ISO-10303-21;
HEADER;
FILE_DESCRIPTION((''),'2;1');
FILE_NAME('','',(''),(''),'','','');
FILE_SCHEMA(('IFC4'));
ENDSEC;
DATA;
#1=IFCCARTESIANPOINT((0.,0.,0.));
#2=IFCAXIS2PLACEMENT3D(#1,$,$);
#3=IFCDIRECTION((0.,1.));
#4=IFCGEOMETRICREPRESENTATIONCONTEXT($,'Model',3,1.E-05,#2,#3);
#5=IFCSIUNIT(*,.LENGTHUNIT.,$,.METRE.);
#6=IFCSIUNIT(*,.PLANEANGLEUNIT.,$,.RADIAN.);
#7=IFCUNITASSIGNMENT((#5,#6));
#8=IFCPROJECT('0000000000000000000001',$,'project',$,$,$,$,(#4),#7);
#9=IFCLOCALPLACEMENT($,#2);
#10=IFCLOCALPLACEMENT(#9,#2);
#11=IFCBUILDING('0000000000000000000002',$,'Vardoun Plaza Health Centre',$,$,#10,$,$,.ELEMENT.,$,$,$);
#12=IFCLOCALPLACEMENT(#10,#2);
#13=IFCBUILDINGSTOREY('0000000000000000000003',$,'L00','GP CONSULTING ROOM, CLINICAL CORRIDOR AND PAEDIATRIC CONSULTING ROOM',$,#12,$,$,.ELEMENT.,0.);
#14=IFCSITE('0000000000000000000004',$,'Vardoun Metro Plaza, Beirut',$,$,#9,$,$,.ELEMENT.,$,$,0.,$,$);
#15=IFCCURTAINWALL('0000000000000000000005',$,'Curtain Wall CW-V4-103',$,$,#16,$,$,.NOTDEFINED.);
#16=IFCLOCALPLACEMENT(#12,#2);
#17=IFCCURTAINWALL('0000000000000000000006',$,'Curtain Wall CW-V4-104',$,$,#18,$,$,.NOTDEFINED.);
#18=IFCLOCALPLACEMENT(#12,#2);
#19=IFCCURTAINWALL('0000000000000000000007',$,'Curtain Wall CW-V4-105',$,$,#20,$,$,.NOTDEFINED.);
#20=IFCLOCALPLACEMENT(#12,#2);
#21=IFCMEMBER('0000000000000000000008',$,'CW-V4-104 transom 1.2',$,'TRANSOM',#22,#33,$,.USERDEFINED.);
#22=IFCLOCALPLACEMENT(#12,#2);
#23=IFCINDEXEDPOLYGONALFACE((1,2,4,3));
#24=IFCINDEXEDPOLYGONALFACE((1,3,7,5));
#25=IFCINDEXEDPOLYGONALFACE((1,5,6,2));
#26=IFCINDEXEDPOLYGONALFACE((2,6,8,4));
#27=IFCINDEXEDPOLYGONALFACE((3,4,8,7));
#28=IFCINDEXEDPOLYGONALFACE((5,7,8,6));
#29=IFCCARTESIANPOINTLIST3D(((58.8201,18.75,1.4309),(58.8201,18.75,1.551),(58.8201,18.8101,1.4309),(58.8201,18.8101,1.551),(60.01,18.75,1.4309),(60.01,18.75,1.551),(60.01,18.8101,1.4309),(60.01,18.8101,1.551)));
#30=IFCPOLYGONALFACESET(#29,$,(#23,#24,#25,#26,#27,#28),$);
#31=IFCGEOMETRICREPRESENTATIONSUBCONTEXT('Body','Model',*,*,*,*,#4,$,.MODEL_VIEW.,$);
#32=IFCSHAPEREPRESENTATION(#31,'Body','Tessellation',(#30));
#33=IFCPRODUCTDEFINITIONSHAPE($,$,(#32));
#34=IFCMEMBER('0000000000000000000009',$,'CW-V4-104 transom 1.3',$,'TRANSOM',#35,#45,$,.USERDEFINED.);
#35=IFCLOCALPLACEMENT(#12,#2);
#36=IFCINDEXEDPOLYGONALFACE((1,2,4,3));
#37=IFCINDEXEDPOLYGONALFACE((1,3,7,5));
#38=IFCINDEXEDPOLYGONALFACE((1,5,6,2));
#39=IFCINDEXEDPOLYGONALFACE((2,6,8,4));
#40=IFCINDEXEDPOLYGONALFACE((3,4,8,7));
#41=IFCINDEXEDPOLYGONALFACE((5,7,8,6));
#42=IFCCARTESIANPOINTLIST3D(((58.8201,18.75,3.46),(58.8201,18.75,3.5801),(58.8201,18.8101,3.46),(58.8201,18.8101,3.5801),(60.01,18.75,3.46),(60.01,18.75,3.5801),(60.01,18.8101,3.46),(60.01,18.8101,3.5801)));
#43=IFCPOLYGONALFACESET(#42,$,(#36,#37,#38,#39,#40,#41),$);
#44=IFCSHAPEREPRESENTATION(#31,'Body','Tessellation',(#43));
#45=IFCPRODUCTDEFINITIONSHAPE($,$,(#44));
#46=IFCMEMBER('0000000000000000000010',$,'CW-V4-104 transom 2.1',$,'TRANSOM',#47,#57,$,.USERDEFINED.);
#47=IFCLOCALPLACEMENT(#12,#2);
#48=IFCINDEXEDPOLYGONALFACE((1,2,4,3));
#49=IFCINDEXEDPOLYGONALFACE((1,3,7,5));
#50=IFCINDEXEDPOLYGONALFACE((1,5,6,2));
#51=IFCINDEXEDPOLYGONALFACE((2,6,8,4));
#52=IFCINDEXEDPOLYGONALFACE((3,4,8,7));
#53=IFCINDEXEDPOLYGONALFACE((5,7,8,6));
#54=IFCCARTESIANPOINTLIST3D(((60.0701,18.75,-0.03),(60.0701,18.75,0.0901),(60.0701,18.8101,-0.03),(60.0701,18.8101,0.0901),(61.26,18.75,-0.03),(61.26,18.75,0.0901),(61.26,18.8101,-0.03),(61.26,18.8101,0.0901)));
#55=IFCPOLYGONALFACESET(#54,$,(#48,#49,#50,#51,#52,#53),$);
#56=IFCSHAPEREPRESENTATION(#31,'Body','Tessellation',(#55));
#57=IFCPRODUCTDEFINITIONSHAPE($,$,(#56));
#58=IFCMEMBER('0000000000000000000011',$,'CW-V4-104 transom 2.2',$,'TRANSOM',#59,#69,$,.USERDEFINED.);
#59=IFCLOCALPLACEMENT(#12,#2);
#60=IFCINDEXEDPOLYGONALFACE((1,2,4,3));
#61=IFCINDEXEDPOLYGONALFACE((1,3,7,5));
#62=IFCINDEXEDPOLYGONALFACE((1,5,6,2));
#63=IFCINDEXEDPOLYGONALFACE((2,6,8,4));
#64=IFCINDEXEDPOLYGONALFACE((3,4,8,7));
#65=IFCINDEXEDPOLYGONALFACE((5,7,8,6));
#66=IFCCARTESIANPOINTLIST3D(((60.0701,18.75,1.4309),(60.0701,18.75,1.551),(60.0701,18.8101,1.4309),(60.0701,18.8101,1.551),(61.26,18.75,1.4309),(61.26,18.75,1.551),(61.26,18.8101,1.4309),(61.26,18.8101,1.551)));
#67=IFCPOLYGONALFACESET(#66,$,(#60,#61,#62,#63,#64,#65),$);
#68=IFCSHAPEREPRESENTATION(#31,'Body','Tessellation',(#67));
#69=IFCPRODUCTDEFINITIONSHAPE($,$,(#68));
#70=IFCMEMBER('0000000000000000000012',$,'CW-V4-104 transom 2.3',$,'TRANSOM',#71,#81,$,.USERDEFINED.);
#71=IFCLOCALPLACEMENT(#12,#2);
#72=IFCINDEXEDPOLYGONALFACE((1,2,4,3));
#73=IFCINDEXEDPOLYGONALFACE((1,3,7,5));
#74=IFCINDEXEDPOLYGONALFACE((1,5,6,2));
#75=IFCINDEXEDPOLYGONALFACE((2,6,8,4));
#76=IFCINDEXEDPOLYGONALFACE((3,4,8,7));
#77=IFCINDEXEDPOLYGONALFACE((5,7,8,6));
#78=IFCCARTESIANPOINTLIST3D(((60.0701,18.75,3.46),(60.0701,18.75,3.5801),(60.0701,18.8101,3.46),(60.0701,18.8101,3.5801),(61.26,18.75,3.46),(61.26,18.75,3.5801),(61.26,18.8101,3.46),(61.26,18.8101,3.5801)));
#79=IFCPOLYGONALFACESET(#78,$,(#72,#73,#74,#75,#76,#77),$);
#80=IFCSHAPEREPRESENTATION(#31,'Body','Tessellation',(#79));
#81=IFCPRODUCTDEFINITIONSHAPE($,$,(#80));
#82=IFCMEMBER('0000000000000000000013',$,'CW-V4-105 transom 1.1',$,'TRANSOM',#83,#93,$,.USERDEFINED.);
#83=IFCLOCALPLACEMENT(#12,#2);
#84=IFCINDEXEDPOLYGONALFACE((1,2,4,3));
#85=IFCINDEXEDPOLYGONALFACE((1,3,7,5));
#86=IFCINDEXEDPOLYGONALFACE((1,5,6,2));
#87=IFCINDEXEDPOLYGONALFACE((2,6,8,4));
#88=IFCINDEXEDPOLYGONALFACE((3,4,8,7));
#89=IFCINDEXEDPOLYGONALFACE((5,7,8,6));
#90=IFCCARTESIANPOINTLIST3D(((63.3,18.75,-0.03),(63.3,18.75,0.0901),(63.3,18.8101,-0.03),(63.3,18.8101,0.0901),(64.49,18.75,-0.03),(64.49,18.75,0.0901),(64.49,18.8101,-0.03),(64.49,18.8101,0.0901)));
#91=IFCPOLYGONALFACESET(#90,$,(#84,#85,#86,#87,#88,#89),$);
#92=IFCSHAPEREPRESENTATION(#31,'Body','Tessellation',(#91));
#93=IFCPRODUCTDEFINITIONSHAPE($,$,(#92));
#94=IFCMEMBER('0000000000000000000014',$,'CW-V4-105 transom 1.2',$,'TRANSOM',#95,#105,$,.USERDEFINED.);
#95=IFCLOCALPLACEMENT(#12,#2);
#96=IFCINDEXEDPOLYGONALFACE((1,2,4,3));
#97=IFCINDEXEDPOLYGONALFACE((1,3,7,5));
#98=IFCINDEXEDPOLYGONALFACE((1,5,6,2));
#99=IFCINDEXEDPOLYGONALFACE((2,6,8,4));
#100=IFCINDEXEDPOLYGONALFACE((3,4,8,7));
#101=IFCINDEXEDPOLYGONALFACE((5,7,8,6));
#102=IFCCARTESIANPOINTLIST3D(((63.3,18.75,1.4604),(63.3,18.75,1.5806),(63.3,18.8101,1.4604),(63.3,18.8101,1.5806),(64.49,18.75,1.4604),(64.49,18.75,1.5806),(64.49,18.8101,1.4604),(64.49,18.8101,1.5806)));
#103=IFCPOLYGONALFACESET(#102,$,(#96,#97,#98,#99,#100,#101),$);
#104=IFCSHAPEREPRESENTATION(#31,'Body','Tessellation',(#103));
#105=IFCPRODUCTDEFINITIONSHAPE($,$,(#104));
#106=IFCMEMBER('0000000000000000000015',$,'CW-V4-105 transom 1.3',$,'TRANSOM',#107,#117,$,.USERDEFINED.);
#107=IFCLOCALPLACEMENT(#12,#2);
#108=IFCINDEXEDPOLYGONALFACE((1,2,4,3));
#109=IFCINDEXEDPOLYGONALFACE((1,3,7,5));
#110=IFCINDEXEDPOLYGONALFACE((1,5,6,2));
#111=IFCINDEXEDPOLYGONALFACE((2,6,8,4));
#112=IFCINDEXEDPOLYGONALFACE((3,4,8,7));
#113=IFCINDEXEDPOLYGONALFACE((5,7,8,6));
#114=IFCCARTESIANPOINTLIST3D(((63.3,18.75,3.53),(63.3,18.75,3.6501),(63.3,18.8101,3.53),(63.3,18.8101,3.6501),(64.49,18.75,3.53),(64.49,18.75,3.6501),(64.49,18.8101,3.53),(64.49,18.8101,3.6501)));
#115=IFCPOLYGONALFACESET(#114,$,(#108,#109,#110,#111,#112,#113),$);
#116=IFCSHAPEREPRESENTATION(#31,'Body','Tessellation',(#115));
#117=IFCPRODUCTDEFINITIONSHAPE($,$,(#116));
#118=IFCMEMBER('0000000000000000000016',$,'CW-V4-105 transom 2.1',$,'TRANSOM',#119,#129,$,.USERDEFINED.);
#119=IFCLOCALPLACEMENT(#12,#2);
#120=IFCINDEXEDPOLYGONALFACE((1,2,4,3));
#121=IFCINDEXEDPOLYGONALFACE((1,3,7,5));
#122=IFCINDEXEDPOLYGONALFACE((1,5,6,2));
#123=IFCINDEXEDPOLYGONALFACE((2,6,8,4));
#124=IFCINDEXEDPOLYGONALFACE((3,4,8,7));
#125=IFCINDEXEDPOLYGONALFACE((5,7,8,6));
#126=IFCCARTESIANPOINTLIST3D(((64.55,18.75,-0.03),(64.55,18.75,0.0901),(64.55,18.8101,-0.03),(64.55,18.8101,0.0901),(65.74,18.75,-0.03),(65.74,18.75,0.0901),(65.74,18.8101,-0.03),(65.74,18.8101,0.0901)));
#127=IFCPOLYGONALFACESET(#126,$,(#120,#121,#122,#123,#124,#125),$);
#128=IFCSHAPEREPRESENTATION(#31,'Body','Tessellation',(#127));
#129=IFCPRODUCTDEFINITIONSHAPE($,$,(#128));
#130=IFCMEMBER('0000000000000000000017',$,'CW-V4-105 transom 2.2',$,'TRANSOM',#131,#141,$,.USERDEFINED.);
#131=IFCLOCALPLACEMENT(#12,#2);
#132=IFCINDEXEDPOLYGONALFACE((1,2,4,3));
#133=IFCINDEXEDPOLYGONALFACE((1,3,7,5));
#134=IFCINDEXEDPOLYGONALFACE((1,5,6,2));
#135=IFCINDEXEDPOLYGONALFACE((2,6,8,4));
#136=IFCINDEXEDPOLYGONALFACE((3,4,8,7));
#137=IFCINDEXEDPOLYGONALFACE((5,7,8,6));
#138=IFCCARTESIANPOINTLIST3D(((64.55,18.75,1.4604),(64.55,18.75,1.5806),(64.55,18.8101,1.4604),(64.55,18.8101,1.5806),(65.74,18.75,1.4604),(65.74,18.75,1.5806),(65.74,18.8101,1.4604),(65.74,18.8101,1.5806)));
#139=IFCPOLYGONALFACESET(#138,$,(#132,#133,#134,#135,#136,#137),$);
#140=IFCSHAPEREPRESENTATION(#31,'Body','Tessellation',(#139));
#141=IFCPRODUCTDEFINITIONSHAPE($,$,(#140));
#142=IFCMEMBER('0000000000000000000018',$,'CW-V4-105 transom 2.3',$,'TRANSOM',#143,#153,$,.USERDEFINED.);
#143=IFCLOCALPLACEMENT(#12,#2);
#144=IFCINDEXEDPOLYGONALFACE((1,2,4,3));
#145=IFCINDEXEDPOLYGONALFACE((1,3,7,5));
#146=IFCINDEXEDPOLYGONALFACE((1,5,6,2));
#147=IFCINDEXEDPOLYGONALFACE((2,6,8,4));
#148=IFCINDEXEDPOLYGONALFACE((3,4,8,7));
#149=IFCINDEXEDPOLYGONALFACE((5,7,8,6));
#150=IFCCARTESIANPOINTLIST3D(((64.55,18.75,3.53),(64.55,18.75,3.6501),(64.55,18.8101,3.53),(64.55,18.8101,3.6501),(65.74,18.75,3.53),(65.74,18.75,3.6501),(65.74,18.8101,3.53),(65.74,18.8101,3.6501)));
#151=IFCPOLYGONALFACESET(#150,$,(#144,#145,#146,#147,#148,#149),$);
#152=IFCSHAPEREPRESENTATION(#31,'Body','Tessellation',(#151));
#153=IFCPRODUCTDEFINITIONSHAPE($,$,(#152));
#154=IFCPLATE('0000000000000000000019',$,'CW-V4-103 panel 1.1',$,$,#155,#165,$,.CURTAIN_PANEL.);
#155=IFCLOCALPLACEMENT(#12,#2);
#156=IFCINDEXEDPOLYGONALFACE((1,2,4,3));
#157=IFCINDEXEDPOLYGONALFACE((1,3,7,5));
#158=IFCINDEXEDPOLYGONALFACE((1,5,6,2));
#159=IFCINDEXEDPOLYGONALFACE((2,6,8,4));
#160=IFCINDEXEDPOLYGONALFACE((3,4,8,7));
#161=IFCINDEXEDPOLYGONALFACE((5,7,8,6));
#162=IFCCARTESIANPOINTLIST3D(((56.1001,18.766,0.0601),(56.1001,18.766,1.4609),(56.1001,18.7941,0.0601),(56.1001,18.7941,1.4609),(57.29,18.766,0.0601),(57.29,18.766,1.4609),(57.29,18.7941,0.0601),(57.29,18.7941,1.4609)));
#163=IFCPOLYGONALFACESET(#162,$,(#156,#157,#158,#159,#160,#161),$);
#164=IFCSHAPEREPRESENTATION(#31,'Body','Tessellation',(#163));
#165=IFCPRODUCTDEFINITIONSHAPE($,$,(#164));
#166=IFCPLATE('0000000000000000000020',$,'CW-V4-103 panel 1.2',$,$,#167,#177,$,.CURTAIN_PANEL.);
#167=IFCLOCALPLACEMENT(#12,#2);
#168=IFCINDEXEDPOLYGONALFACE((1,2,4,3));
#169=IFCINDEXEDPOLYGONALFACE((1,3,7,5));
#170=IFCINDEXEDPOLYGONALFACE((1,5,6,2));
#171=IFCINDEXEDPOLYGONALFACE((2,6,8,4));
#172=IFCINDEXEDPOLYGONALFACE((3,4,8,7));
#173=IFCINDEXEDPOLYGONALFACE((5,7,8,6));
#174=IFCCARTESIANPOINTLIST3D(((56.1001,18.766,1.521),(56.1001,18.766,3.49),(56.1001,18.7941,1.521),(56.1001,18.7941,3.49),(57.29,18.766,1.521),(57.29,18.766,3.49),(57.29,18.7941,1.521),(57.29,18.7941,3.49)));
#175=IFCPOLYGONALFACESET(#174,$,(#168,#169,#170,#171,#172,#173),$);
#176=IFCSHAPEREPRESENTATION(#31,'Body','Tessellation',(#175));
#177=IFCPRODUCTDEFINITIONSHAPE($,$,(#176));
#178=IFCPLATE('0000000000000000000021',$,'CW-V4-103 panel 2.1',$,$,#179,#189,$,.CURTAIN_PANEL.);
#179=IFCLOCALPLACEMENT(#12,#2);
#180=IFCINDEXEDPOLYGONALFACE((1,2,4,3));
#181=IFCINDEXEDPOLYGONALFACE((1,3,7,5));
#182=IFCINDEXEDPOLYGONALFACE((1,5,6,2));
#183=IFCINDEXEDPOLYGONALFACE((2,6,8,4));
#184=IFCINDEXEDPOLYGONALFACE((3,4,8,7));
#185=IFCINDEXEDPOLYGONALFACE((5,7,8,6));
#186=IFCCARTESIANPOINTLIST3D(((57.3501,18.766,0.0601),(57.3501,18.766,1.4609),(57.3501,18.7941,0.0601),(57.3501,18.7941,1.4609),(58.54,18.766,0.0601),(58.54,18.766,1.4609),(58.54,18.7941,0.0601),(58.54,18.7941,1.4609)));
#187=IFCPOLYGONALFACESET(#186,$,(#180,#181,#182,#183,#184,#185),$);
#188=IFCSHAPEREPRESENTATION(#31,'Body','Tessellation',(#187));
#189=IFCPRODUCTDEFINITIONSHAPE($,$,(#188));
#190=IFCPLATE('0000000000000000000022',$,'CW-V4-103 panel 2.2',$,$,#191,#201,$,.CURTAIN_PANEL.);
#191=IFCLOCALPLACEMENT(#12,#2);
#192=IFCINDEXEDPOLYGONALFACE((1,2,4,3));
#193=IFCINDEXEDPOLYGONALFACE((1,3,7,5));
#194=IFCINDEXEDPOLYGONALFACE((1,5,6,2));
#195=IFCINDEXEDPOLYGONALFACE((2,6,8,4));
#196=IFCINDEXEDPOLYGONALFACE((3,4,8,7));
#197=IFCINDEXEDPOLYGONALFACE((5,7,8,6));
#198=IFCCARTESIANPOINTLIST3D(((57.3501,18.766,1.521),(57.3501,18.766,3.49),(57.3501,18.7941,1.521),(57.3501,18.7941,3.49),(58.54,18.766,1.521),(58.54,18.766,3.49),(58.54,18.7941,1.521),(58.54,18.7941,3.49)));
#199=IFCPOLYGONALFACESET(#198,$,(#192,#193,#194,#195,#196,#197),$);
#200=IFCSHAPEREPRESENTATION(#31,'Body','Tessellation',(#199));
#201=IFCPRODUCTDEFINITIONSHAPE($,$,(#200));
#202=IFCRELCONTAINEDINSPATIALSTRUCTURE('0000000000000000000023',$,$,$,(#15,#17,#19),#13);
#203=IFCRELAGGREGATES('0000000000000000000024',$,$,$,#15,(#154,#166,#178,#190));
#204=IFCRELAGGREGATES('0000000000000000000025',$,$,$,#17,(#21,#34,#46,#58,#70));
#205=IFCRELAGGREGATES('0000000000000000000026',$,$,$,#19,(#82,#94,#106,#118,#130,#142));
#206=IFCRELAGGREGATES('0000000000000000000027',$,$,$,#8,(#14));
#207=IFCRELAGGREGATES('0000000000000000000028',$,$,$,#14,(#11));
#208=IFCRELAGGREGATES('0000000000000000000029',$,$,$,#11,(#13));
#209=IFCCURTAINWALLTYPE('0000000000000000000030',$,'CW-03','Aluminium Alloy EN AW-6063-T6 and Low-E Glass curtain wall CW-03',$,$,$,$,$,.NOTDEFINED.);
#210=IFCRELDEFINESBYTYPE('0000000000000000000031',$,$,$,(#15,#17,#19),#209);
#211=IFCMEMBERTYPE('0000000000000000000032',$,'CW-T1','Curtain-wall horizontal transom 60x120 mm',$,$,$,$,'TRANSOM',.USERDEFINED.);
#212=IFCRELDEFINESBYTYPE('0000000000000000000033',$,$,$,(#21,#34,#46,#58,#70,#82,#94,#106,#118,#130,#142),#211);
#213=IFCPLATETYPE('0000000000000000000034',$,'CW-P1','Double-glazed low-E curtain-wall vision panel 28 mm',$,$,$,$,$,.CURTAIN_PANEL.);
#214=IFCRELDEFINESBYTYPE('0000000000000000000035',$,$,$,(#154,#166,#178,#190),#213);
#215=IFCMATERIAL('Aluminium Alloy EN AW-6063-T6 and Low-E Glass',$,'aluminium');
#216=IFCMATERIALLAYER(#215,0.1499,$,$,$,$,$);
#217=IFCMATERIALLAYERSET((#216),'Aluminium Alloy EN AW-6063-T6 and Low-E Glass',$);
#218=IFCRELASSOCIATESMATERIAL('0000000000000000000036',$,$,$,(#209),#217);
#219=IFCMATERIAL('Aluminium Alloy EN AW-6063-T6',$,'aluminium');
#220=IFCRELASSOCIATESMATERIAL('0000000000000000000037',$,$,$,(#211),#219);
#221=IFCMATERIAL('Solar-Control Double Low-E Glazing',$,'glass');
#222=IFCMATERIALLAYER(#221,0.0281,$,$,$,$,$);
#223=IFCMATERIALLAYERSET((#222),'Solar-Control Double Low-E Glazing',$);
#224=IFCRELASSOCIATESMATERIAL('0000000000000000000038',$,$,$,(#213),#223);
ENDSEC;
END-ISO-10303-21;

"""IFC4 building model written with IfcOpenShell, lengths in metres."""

from ifc_helpers import new_model, si_unit, direction, frame, origin, origin_2d, place, context, subcontext, project, spatial, rectangle, extrude, material, layer, layer_set, material_profile, profile_set, type_object, element, aggregate, save


model = new_model("IFC4")

# Units and contexts
model_context = context("Model", 3, precision=1e-05, world=origin(), true_north=direction((0.0, 1.0)))
body_context = subcontext(model_context, "Body", "Model", "MODEL_VIEW")
ifc_project = project(units=[si_unit("LENGTHUNIT", "METRE"), si_unit("PLANEANGLEUNIT", "RADIAN")], contexts=[model_context])

# Site, building, storey
site_placement = place(None, origin())
site = spatial("IfcSite", under=ifc_project, at=site_placement, Name="Vardoun Metro Plaza, Beirut", CompositionType="ELEMENT", RefElevation=0.0)
building_placement = place(site_placement, origin())
building = spatial("IfcBuilding", under=site, at=building_placement, Name="Vardoun Plaza Health Centre", CompositionType="ELEMENT")
storey_placement = place(building_placement, origin())
storey = spatial("IfcBuildingStorey", under=building, at=storey_placement, Name="L00", Description="GP CONSULTING ROOM, CLINICAL CORRIDOR AND PAEDIATRIC CONSULTING ROOM", CompositionType="ELEMENT", Elevation=0.0)

# Curtain walls
ifc_material_1 = material(Name="Aluminium Alloy EN AW-6063-T6 and Low-E Glass", Category="aluminium")
ifc_layer_1 = layer(ifc_material_1, 0.1499)
ifc_layer_set_1 = layer_set([ifc_layer_1], Name="Aluminium Alloy EN AW-6063-T6 and Low-E Glass")
curtain_wall_type = type_object("IfcCurtainWallType", Name="CW-03", Description="Aluminium Alloy EN AW-6063-T6 and Low-E Glass curtain wall CW-03", PredefinedType="NOTDEFINED", material=ifc_layer_set_1)
curtain_wall_1_placement = place(storey_placement, origin())
curtain_wall_1 = element("IfcCurtainWall", 1, at=curtain_wall_1_placement, inside=storey, type_object=curtain_wall_type, Name="Curtain Wall CW-V4-103", PredefinedType="NOTDEFINED")
curtain_wall_2_placement = place(storey_placement, origin())
curtain_wall_2 = element("IfcCurtainWall", 2, at=curtain_wall_2_placement, inside=storey, type_object=curtain_wall_type, Name="Curtain Wall CW-V4-104", PredefinedType="NOTDEFINED")
curtain_wall_3_placement = place(storey_placement, origin())
curtain_wall_3 = element("IfcCurtainWall", 3, at=curtain_wall_3_placement, inside=storey, type_object=curtain_wall_type, Name="Curtain Wall CW-V4-105", PredefinedType="NOTDEFINED")

# Members
ifc_material_2 = material(Name="Aluminium Alloy EN AW-6063-T6", Category="aluminium")
ifc_material_profile_1 = material_profile(ifc_material_2, rectangle(XDim=0.0601, YDim=0.1201, at=origin_2d()), Name="CWT 60x120")
ifc_profile_set_1 = profile_set([ifc_material_profile_1], Name="Aluminium Alloy EN AW-6063-T6")
member_type_1 = type_object("IfcMemberType", Name="CW-T1", Description="Curtain-wall horizontal transom 60x120 mm", ElementType="TRANSOM", PredefinedType="USERDEFINED", material=ifc_profile_set_1)
member_1_placement = place(storey_placement, frame((58.8201, 18.78, 1.491), z_axis=(1.0, 0.0, 0.0), x_axis=(0.0, 1.0, 0.0)))
member_1 = element("IfcMember", 4, at=member_1_placement, type_object=member_type_1, Name="CW-V4-104 transom 1.2", ObjectType="TRANSOM", PredefinedType="USERDEFINED", context=body_context, shape_type="SweptSolid", body=[
    extrude(rectangle(XDim=0.0601, YDim=0.1201, at=origin_2d()), origin(), (0.0, 0.0, 1.0), 1.1899),
])
member_2_placement = place(storey_placement, frame((58.8201, 18.78, 3.52), z_axis=(1.0, 0.0, 0.0), x_axis=(0.0, 1.0, 0.0)))
member_2 = element("IfcMember", 5, at=member_2_placement, type_object=member_type_1, Name="CW-V4-104 transom 1.3", ObjectType="TRANSOM", PredefinedType="USERDEFINED", context=body_context, shape_type="SweptSolid", body=[
    extrude(rectangle(XDim=0.0601, YDim=0.1201, at=origin_2d()), origin(), (0.0, 0.0, 1.0), 1.1899),
])
member_3_placement = place(storey_placement, frame((60.0701, 18.78, 0.03), z_axis=(1.0, 0.0, 0.0), x_axis=(0.0, 1.0, 0.0)))
member_3 = element("IfcMember", 6, at=member_3_placement, type_object=member_type_1, Name="CW-V4-104 transom 2.1", ObjectType="TRANSOM", PredefinedType="USERDEFINED", context=body_context, shape_type="SweptSolid", body=[
    extrude(rectangle(XDim=0.0601, YDim=0.1201, at=origin_2d()), origin(), (0.0, 0.0, 1.0), 1.1899),
])
member_4_placement = place(storey_placement, frame((60.0701, 18.78, 1.491), z_axis=(1.0, 0.0, 0.0), x_axis=(0.0, 1.0, 0.0)))
member_4 = element("IfcMember", 7, at=member_4_placement, type_object=member_type_1, Name="CW-V4-104 transom 2.2", ObjectType="TRANSOM", PredefinedType="USERDEFINED", context=body_context, shape_type="SweptSolid", body=[
    extrude(rectangle(XDim=0.0601, YDim=0.1201, at=origin_2d()), origin(), (0.0, 0.0, 1.0), 1.1899),
])
member_5_placement = place(storey_placement, frame((60.0701, 18.78, 3.52), z_axis=(1.0, 0.0, 0.0), x_axis=(0.0, 1.0, 0.0)))
member_5 = element("IfcMember", 8, at=member_5_placement, type_object=member_type_1, Name="CW-V4-104 transom 2.3", ObjectType="TRANSOM", PredefinedType="USERDEFINED", context=body_context, shape_type="SweptSolid", body=[
    extrude(rectangle(XDim=0.0601, YDim=0.1201, at=origin_2d()), origin(), (0.0, 0.0, 1.0), 1.1899),
])
member_6_placement = place(storey_placement, frame((63.3, 18.78, 0.03), z_axis=(1.0, 0.0, 0.0), x_axis=(0.0, 1.0, 0.0)))
member_6 = element("IfcMember", 9, at=member_6_placement, type_object=member_type_1, Name="CW-V4-105 transom 1.1", ObjectType="TRANSOM", PredefinedType="USERDEFINED", context=body_context, shape_type="SweptSolid", body=[
    extrude(rectangle(XDim=0.0601, YDim=0.1201, at=origin_2d()), origin(), (0.0, 0.0, 1.0), 1.1899),
])
member_7_placement = place(storey_placement, frame((63.3, 18.78, 1.5205), z_axis=(1.0, 0.0, 0.0), x_axis=(0.0, 1.0, 0.0)))
member_7 = element("IfcMember", 10, at=member_7_placement, type_object=member_type_1, Name="CW-V4-105 transom 1.2", ObjectType="TRANSOM", PredefinedType="USERDEFINED", context=body_context, shape_type="SweptSolid", body=[
    extrude(rectangle(XDim=0.0601, YDim=0.1201, at=origin_2d()), origin(), (0.0, 0.0, 1.0), 1.1899),
])
member_8_placement = place(storey_placement, frame((63.3, 18.78, 3.5901), z_axis=(1.0, 0.0, 0.0), x_axis=(0.0, 1.0, 0.0)))
member_8 = element("IfcMember", 11, at=member_8_placement, type_object=member_type_1, Name="CW-V4-105 transom 1.3", ObjectType="TRANSOM", PredefinedType="USERDEFINED", context=body_context, shape_type="SweptSolid", body=[
    extrude(rectangle(XDim=0.0601, YDim=0.1201, at=origin_2d()), origin(), (0.0, 0.0, 1.0), 1.1899),
])
member_9_placement = place(storey_placement, frame((64.55, 18.78, 0.03), z_axis=(1.0, 0.0, 0.0), x_axis=(0.0, 1.0, 0.0)))
member_9 = element("IfcMember", 12, at=member_9_placement, type_object=member_type_1, Name="CW-V4-105 transom 2.1", ObjectType="TRANSOM", PredefinedType="USERDEFINED", context=body_context, shape_type="SweptSolid", body=[
    extrude(rectangle(XDim=0.0601, YDim=0.1201, at=origin_2d()), origin(), (0.0, 0.0, 1.0), 1.1899),
])
member_10_placement = place(storey_placement, frame((64.55, 18.78, 1.5205), z_axis=(1.0, 0.0, 0.0), x_axis=(0.0, 1.0, 0.0)))
member_10 = element("IfcMember", 13, at=member_10_placement, type_object=member_type_1, Name="CW-V4-105 transom 2.2", ObjectType="TRANSOM", PredefinedType="USERDEFINED", context=body_context, shape_type="SweptSolid", body=[
    extrude(rectangle(XDim=0.0601, YDim=0.1201, at=origin_2d()), origin(), (0.0, 0.0, 1.0), 1.1899),
])
member_11_placement = place(storey_placement, frame((64.55, 18.78, 3.5901), z_axis=(1.0, 0.0, 0.0), x_axis=(0.0, 1.0, 0.0)))
member_11 = element("IfcMember", 14, at=member_11_placement, type_object=member_type_1, Name="CW-V4-105 transom 2.3", ObjectType="TRANSOM", PredefinedType="USERDEFINED", context=body_context, shape_type="SweptSolid", body=[
    extrude(rectangle(XDim=0.0601, YDim=0.1201, at=origin_2d()), origin(), (0.0, 0.0, 1.0), 1.1899),
])

# Plates
ifc_material_3 = material(Name="Solar-Control Double Low-E Glazing", Category="glass")
ifc_layer_2 = layer(ifc_material_3, 0.0281)
ifc_layer_set_2 = layer_set([ifc_layer_2], Name="Solar-Control Double Low-E Glazing")
plate_type = type_object("IfcPlateType", Name="CW-P1", Description="Double-glazed low-E curtain-wall vision panel 28 mm", PredefinedType="CURTAIN_PANEL", material=ifc_layer_set_2)
plate_1_placement = place(storey_placement, frame((56.6951, 18.78, 0.0601), z_axis=(0.0, 0.0, 1.0), x_axis=(1.0, 0.0, 0.0)))
plate_1 = element("IfcPlate", 15, at=plate_1_placement, type_object=plate_type, Name="CW-V4-103 panel 1.1", PredefinedType="CURTAIN_PANEL", context=body_context, shape_type="SweptSolid", body=[
    extrude(rectangle(XDim=1.1899, YDim=0.0281, at=origin_2d()), origin(), (0.0, 0.0, 1.0), 1.4009),
])
plate_2_placement = place(storey_placement, frame((56.6951, 18.78, 1.521), z_axis=(0.0, 0.0, 1.0), x_axis=(1.0, 0.0, 0.0)))
plate_2 = element("IfcPlate", 16, at=plate_2_placement, type_object=plate_type, Name="CW-V4-103 panel 1.2", PredefinedType="CURTAIN_PANEL", context=body_context, shape_type="SweptSolid", body=[
    extrude(rectangle(XDim=1.1899, YDim=0.0281, at=origin_2d()), origin(), (0.0, 0.0, 1.0), 1.969),
])
plate_3_placement = place(storey_placement, frame((57.9451, 18.78, 0.0601), z_axis=(0.0, 0.0, 1.0), x_axis=(1.0, 0.0, 0.0)))
plate_3 = element("IfcPlate", 17, at=plate_3_placement, type_object=plate_type, Name="CW-V4-103 panel 2.1", PredefinedType="CURTAIN_PANEL", context=body_context, shape_type="SweptSolid", body=[
    extrude(rectangle(XDim=1.1899, YDim=0.0281, at=origin_2d()), origin(), (0.0, 0.0, 1.0), 1.4009),
])
plate_4_placement = place(storey_placement, frame((57.9451, 18.78, 1.521), z_axis=(0.0, 0.0, 1.0), x_axis=(1.0, 0.0, 0.0)))
plate_4 = element("IfcPlate", 18, at=plate_4_placement, type_object=plate_type, Name="CW-V4-103 panel 2.2", PredefinedType="CURTAIN_PANEL", context=body_context, shape_type="SweptSolid", body=[
    extrude(rectangle(XDim=1.1899, YDim=0.0281, at=origin_2d()), origin(), (0.0, 0.0, 1.0), 1.969),
])
aggregate(curtain_wall_1, [plate_1, plate_2, plate_3, plate_4])
aggregate(curtain_wall_2, [member_1, member_2, member_3, member_4, member_5])
aggregate(curtain_wall_3, [member_6, member_7, member_8, member_9, member_10, member_11])

save(model, "model.ifc")
